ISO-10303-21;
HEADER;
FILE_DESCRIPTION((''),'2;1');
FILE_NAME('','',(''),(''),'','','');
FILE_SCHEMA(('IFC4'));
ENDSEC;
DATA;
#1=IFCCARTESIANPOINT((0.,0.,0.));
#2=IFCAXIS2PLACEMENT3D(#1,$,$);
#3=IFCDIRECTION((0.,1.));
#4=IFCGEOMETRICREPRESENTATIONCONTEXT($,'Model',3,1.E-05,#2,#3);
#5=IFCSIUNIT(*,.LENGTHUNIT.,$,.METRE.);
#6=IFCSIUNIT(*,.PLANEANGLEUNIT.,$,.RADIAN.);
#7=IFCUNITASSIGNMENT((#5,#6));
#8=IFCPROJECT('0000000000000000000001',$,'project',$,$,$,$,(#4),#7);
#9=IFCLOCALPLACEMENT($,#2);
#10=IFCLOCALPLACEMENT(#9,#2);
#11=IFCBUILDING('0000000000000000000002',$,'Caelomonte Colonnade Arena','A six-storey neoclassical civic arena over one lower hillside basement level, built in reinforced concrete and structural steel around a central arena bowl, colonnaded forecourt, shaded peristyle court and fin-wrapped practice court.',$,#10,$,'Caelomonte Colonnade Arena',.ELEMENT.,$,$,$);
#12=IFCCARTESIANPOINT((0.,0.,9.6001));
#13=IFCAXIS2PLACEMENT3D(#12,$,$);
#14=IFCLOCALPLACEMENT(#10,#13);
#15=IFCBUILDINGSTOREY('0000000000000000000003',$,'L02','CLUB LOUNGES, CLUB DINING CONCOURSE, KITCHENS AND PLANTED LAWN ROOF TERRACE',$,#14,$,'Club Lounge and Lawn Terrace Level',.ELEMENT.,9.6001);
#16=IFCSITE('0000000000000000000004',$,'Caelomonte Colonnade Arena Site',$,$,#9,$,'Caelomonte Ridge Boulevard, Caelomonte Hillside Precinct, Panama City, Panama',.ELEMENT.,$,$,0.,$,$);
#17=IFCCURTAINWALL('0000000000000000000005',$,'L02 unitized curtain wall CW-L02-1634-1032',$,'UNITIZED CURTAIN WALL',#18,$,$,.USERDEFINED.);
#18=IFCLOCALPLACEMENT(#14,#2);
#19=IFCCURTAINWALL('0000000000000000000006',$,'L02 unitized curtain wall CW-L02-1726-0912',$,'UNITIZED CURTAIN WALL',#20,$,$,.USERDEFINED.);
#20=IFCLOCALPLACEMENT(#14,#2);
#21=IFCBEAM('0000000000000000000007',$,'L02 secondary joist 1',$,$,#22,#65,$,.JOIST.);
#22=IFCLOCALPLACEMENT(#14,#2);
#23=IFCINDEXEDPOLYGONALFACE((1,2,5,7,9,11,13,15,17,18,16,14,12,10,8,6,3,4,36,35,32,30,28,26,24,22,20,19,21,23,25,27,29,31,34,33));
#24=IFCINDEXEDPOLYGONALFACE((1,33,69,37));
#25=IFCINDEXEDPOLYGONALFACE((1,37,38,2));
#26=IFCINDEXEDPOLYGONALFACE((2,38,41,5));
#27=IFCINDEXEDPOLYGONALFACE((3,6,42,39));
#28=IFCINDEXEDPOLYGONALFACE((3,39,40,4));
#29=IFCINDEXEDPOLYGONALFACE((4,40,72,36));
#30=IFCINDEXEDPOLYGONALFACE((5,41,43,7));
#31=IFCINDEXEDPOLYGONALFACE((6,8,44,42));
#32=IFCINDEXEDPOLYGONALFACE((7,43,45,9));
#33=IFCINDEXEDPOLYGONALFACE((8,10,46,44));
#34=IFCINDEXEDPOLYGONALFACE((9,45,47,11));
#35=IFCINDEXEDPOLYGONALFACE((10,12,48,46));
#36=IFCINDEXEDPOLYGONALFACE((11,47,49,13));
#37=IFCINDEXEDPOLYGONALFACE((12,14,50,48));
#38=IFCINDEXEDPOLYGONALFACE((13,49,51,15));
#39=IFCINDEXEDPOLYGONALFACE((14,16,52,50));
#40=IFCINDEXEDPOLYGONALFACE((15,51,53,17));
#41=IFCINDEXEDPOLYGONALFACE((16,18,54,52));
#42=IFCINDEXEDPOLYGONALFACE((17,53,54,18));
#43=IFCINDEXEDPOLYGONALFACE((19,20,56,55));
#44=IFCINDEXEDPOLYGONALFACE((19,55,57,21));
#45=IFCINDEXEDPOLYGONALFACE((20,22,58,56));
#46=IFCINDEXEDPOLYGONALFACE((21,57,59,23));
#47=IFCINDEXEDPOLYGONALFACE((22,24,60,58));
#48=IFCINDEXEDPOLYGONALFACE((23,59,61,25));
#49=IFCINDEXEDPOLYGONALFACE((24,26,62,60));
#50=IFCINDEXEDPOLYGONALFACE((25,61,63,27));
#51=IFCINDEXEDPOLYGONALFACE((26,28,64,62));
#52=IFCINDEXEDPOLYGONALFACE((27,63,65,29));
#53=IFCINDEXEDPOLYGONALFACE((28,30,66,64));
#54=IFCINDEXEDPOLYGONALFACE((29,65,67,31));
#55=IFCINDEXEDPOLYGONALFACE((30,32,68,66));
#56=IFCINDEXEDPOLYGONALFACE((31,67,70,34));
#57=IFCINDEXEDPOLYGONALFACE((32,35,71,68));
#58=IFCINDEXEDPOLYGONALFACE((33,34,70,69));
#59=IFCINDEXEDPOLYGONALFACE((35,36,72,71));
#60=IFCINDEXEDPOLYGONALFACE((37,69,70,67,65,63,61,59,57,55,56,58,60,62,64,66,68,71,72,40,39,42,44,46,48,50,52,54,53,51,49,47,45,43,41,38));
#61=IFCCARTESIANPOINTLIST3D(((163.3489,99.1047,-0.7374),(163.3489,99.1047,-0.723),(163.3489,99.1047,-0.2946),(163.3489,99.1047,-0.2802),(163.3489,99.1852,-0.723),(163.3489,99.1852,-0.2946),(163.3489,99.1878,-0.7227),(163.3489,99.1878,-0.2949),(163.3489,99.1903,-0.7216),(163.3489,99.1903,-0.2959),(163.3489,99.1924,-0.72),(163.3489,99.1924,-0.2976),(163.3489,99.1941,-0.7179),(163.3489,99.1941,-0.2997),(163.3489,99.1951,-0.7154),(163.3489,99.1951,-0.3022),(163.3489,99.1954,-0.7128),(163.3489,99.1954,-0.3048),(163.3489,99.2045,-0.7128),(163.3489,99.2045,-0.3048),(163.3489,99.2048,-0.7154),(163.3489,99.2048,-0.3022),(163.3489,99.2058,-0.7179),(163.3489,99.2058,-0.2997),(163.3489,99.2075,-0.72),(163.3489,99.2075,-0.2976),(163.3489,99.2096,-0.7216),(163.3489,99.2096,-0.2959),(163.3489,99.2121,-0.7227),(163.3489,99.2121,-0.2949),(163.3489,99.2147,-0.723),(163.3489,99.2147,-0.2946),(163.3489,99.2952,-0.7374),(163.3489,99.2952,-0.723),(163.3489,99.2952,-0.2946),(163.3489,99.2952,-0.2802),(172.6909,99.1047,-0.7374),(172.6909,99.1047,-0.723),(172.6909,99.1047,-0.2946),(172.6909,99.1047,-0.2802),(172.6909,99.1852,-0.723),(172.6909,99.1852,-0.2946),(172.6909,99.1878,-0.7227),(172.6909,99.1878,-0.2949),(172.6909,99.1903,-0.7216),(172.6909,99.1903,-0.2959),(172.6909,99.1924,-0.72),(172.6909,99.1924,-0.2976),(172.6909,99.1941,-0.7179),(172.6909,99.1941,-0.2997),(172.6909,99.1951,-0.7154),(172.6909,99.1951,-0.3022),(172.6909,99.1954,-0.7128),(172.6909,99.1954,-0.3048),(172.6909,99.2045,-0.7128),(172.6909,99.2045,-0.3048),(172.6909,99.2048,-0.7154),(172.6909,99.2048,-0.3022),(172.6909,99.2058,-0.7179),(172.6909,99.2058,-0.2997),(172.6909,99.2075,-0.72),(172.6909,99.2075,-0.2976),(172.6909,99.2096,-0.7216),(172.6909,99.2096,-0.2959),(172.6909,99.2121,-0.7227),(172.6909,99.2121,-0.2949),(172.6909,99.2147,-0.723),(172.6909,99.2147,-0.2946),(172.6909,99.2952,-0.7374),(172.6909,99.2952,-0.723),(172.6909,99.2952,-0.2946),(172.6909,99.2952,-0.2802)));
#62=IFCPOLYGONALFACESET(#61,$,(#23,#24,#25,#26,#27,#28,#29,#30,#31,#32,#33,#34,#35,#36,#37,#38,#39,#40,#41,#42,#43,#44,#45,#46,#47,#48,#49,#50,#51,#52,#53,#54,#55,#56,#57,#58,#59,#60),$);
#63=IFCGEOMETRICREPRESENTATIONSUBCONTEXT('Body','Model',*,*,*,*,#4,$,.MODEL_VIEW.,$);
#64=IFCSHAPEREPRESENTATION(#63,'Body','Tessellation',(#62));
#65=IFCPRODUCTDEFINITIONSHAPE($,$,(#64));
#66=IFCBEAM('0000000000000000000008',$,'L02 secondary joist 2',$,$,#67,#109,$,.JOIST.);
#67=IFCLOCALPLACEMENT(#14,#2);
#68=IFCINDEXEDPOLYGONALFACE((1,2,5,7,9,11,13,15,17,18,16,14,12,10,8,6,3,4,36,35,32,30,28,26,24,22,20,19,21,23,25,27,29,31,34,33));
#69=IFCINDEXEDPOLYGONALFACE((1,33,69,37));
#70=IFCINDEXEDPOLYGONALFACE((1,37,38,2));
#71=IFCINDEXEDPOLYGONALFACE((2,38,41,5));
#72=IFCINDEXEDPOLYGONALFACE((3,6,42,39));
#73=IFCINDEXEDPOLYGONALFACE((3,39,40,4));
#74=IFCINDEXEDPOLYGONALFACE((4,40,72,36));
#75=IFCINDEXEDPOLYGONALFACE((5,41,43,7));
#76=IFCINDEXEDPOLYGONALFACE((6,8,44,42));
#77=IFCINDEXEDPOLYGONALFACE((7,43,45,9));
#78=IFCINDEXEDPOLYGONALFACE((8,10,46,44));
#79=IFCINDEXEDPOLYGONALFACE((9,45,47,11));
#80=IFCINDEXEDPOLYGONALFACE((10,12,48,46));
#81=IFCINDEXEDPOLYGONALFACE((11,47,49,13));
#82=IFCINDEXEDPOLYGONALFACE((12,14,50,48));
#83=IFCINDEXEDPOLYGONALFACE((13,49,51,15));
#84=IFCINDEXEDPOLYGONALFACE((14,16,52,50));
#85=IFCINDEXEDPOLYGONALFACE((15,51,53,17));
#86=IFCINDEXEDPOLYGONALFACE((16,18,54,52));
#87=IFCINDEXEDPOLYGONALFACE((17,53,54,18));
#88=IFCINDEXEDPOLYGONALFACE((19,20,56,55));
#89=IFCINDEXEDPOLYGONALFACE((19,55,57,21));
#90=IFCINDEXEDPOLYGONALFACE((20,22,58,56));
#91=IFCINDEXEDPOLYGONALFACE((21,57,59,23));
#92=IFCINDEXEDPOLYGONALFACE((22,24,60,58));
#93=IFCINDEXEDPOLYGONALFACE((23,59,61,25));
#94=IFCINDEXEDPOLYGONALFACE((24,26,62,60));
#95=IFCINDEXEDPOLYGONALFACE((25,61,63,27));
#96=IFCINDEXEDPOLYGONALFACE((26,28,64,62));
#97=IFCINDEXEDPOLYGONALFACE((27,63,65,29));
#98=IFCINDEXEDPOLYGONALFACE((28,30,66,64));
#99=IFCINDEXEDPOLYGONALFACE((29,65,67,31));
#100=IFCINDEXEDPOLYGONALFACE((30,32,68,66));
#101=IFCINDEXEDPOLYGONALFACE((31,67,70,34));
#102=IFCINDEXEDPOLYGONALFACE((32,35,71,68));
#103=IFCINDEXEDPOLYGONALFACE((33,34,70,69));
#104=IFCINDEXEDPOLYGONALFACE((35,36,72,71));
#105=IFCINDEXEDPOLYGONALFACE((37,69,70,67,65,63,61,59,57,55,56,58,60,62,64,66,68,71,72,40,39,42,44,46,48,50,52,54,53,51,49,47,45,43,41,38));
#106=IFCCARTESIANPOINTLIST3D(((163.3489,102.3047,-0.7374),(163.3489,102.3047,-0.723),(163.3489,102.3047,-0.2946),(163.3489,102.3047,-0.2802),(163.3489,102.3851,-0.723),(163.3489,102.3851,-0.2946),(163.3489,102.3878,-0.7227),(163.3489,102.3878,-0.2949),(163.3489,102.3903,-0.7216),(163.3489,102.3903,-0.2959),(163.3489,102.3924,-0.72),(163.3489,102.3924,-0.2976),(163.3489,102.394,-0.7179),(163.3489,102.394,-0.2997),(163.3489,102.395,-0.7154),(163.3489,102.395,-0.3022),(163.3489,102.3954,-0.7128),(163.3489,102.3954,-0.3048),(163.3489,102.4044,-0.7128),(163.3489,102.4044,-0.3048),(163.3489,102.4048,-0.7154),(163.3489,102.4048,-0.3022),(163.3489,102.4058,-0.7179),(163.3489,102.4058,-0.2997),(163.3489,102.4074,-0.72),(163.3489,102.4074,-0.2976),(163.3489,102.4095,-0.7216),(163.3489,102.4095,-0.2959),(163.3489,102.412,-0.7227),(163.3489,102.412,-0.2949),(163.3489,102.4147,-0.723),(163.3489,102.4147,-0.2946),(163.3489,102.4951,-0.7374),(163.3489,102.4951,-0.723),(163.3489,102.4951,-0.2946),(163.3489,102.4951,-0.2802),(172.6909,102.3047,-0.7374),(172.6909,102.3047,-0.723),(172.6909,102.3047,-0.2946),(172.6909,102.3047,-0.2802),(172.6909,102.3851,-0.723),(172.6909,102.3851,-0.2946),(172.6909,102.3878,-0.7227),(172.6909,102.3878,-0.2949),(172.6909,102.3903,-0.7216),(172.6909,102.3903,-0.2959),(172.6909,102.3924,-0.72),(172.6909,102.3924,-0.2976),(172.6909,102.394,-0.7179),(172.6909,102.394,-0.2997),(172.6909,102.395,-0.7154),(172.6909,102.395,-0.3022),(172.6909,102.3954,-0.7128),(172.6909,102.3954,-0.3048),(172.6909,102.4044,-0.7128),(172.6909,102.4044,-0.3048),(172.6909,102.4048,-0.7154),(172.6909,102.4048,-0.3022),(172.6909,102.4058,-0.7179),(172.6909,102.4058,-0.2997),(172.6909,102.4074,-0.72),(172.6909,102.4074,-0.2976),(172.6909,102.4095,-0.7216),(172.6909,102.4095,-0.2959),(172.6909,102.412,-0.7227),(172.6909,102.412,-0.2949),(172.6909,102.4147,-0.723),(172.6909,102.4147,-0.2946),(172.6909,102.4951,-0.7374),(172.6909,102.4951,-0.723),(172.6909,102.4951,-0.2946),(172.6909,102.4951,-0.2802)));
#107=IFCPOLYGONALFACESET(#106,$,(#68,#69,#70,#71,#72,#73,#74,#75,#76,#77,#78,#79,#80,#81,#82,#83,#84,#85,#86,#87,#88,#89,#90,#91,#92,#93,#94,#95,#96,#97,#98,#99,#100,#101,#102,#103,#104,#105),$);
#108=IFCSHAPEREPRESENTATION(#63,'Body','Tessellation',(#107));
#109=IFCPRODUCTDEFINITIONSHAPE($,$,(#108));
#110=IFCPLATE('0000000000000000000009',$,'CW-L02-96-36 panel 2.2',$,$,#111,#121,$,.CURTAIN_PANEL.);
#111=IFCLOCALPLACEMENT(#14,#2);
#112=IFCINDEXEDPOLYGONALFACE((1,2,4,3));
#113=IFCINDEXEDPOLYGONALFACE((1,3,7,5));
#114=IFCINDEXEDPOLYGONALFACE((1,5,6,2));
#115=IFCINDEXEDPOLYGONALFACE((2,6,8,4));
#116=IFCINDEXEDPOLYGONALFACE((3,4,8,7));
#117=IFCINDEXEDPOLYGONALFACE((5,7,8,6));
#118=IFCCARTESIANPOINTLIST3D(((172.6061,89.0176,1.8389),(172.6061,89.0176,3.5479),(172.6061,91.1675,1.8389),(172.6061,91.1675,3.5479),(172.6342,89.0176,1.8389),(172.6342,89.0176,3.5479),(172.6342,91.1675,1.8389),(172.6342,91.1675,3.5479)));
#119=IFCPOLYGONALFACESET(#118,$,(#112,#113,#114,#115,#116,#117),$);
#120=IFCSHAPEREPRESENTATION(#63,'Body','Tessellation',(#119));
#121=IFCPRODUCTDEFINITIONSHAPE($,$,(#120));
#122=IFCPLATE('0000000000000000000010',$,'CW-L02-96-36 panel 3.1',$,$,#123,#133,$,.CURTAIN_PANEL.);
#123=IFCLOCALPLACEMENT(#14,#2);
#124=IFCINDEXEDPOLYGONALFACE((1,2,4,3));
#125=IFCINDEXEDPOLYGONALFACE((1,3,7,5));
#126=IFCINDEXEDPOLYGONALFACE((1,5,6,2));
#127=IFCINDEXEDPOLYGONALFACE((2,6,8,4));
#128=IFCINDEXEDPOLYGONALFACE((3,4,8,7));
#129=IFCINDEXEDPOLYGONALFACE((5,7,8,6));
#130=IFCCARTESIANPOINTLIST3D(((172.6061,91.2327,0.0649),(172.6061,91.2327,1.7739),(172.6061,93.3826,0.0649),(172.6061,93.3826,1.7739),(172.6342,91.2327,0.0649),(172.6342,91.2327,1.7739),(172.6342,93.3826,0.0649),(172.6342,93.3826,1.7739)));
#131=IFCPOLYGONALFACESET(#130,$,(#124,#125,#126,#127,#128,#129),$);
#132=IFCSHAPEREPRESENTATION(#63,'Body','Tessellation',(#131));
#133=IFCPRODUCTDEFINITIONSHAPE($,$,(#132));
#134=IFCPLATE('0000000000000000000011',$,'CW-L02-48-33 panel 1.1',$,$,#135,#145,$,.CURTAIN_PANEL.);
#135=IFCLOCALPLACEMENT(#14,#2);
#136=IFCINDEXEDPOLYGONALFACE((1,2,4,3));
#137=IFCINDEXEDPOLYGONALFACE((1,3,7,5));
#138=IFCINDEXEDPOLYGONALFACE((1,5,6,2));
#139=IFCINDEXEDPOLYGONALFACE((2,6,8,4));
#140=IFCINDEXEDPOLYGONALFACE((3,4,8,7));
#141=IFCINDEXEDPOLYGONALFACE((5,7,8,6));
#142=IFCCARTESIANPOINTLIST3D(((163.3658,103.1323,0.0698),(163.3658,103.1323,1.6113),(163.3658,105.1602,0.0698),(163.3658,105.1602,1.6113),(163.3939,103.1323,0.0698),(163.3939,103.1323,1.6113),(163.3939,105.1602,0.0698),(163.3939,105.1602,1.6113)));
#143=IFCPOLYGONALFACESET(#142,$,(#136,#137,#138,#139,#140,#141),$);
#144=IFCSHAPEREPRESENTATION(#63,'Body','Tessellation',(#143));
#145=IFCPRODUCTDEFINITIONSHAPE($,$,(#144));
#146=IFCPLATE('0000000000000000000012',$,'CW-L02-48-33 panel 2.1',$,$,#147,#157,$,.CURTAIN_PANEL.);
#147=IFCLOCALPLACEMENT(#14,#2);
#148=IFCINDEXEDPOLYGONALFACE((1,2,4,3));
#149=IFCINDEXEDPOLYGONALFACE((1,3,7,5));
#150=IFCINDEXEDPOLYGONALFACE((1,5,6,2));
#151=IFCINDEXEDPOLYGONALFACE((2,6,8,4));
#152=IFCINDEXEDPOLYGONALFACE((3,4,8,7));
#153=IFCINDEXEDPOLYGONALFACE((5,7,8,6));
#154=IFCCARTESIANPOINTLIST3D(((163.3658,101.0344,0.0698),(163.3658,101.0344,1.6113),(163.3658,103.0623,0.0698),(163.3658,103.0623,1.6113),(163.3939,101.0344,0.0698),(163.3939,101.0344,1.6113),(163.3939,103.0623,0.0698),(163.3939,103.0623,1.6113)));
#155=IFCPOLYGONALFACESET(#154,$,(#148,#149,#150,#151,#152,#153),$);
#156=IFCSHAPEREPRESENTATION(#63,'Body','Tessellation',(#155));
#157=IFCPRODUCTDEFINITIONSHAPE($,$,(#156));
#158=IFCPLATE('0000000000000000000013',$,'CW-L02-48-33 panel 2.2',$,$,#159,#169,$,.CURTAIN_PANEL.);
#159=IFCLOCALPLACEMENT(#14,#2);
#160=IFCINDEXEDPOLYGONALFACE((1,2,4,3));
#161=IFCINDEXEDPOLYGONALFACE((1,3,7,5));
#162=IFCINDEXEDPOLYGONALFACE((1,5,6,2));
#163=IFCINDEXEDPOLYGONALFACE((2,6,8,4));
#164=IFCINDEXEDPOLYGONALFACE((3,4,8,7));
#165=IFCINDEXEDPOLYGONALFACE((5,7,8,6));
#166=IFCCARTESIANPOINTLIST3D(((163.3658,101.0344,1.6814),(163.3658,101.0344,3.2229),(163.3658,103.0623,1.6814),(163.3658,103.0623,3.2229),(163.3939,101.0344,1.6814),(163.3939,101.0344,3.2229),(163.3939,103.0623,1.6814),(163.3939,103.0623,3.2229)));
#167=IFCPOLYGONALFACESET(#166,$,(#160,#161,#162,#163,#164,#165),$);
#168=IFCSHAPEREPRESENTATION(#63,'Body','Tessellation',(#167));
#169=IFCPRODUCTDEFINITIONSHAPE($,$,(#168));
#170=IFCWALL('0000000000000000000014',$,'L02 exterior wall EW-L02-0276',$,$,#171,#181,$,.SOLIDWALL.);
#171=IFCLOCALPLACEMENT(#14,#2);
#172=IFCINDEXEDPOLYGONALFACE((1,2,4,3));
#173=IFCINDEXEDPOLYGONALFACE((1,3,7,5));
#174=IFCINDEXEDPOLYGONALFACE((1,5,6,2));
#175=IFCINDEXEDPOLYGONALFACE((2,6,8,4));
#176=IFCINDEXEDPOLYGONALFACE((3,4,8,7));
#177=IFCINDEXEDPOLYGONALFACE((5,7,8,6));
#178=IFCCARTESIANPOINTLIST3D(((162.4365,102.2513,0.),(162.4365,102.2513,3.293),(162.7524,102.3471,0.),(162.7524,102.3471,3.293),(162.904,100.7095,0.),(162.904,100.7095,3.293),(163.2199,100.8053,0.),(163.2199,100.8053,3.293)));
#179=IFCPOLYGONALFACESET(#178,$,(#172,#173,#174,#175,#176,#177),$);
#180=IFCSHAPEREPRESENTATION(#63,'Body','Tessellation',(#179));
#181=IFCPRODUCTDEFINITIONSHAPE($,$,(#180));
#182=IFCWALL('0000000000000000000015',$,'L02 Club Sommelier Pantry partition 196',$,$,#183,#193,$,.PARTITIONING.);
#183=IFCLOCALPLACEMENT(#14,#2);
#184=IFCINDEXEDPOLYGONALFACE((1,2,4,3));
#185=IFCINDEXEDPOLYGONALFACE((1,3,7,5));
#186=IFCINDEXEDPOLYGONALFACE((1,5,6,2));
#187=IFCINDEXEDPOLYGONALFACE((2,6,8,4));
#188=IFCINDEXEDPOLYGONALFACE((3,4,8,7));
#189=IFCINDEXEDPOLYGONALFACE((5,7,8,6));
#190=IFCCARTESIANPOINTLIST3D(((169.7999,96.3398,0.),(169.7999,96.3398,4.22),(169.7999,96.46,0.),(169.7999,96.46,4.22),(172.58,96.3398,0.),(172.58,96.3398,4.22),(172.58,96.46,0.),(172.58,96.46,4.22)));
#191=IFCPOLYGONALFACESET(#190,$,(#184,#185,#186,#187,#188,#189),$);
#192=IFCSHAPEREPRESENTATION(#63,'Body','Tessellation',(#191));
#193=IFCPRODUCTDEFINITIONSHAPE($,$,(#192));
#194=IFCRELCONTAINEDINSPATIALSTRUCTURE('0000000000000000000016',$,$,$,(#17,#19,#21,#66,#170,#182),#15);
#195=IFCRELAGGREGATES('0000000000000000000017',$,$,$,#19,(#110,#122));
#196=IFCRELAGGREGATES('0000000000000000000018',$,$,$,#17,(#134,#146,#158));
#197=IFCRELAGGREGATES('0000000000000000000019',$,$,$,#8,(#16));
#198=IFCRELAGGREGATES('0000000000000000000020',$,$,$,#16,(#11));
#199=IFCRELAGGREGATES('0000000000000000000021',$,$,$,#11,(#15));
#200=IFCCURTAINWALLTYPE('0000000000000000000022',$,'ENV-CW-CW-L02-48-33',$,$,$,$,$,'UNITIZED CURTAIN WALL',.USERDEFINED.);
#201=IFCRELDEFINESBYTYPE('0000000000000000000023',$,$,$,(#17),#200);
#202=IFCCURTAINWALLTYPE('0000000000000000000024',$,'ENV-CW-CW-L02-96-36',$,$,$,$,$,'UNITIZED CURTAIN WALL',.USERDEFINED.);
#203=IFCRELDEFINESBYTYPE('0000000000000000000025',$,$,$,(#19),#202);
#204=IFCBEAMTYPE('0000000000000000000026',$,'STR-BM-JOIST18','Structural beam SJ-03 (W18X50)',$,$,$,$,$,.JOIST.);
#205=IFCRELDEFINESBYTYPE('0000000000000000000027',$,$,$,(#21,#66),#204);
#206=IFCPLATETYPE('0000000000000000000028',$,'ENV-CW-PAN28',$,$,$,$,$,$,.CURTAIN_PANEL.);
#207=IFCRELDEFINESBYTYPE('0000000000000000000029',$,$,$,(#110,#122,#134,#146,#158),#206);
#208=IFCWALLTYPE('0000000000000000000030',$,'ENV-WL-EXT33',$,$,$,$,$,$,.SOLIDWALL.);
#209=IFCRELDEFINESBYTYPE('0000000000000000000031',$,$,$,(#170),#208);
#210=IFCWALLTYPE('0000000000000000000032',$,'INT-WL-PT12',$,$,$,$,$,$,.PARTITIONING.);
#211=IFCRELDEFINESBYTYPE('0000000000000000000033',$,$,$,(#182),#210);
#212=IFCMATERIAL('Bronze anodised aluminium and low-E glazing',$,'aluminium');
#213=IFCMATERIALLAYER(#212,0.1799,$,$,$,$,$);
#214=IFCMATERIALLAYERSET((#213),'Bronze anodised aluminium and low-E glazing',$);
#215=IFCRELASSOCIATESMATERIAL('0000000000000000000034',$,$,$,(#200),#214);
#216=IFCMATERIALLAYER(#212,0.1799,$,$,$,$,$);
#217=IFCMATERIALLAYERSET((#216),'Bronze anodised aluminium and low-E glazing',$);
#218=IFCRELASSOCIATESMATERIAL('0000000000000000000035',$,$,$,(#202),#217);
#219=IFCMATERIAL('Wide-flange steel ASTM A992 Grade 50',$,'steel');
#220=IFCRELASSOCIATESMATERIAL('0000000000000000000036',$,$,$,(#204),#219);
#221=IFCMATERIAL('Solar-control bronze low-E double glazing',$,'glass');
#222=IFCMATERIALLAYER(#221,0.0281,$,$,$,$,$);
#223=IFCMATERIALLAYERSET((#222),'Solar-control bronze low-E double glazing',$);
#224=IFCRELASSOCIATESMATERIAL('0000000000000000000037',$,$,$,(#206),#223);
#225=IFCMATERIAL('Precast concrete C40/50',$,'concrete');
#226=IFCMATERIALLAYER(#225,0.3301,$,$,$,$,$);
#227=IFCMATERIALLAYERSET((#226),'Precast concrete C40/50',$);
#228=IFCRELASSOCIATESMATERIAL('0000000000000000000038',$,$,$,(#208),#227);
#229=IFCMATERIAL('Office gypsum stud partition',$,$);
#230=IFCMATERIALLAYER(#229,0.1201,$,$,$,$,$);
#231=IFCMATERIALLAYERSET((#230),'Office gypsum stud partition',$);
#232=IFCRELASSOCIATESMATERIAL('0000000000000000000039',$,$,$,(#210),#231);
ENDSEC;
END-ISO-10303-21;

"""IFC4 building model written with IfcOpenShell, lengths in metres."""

from ifc_helpers import new_model, si_unit, direction, frame, frame_2d, origin, origin_2d, place, context, subcontext, project, spatial, rectangle, i_section, extrude, material, layer, layer_set, material_profile, profile_set, type_object, element, aggregate, save


model = new_model("IFC4")

# Units and contexts
model_context = context("Model", 3, precision=1e-05, world=origin(), true_north=direction((0.0, 1.0)))
body_context = subcontext(model_context, "Body", "Model", "MODEL_VIEW")
ifc_project = project(units=[si_unit("LENGTHUNIT", "METRE"), si_unit("PLANEANGLEUNIT", "RADIAN")], contexts=[model_context])

# Site, building, storey
site_placement = place(None, origin())
site = spatial("IfcSite", under=ifc_project, at=site_placement, Name="Caelomonte Colonnade Arena Site", LongName="Caelomonte Ridge Boulevard, Caelomonte Hillside Precinct, Panama City, Panama", CompositionType="ELEMENT", RefElevation=0.0)
building_placement = place(site_placement, origin())
building = spatial("IfcBuilding", under=site, at=building_placement, Name="Caelomonte Colonnade Arena", Description="A six-storey neoclassical civic arena over one lower hillside basement level, built in reinforced concrete and structural steel around a central arena bowl, colonnaded forecourt, shaded peristyle court and fin-wrapped practice court.", LongName="Caelomonte Colonnade Arena", CompositionType="ELEMENT")
storey_placement = place(building_placement, frame((0.0, 0.0, 9.6001)))
storey = spatial("IfcBuildingStorey", under=building, at=storey_placement, Name="L02", Description="CLUB LOUNGES, CLUB DINING CONCOURSE, KITCHENS AND PLANTED LAWN ROOF TERRACE", LongName="Club Lounge and Lawn Terrace Level", CompositionType="ELEMENT", Elevation=9.6001)

# Shared definitions
ifc_material_1 = material(Name="Wide-flange steel ASTM A992 Grade 50", Category="steel")

# Curtain wall
ifc_material_2 = material(Name="Bronze anodised aluminium and low-E glazing", Category="aluminium")
ifc_layer_1 = layer(ifc_material_2, 0.1799)
ifc_layer_set_1 = layer_set([ifc_layer_1], Name="Bronze anodised aluminium and low-E glazing")
curtain_wall_type_1 = type_object("IfcCurtainWallType", Name="ENV-CW-CW-L02-48-33", ElementType="UNITIZED CURTAIN WALL", PredefinedType="USERDEFINED", material=ifc_layer_set_1)
curtain_wall_1_placement = place(storey_placement, origin())
curtain_wall_1 = element("IfcCurtainWall", 1, at=curtain_wall_1_placement, inside=storey, type_object=curtain_wall_type_1, Name="L02 unitized curtain wall CW-L02-1634-1032", ObjectType="UNITIZED CURTAIN WALL", PredefinedType="USERDEFINED")

# Curtain wall
ifc_layer_2 = layer(ifc_material_2, 0.1799)
ifc_layer_set_2 = layer_set([ifc_layer_2], Name="Bronze anodised aluminium and low-E glazing")
curtain_wall_type_2 = type_object("IfcCurtainWallType", Name="ENV-CW-CW-L02-96-36", ElementType="UNITIZED CURTAIN WALL", PredefinedType="USERDEFINED", material=ifc_layer_set_2)
curtain_wall_2_placement = place(storey_placement, origin())
curtain_wall_2 = element("IfcCurtainWall", 2, at=curtain_wall_2_placement, inside=storey, type_object=curtain_wall_type_2, Name="L02 unitized curtain wall CW-L02-1726-0912", ObjectType="UNITIZED CURTAIN WALL", PredefinedType="USERDEFINED")

# Beams
ifc_material_profile_1 = material_profile(ifc_material_1, i_section(OverallWidth=0.1904, OverallDepth=0.4573, WebThickness=0.009, FlangeThickness=0.0144, FilletRadius=0.0103, at=origin_2d()), Name="W18X50")
ifc_profile_set_1 = profile_set([ifc_material_profile_1], Name="Wide-flange steel ASTM A992 Grade 50")
beam_type_1 = type_object("IfcBeamType", Name="STR-BM-JOIST18", Description="Structural beam SJ-03 (W18X50)", PredefinedType="JOIST", material=ifc_profile_set_1)
for number, where, z_axis, x_axis, name in (
    (3, (163.3489, 99.2, -0.5088), (1.0, 0.0, 0.0), (0.0, 1.0, 0.0), "L02 secondary joist 1"),
    (4, (163.3489, 102.3999, -0.5088), (1.0, 0.0, 0.0), (0.0, 1.0, 0.0), "L02 secondary joist 2"),
):
    element("IfcBeam", number, at=place(storey_placement, frame(where, z_axis=z_axis, x_axis=x_axis)), inside=storey, type_object=beam_type_1, Name=name, PredefinedType="JOIST", context=body_context, shape_type="SweptSolid", body=[
        extrude(i_section(OverallWidth=0.1904, OverallDepth=0.4573, WebThickness=0.009, FlangeThickness=0.0144, FilletRadius=0.0103, at=origin_2d()), origin(), (0.0, 0.0, 1.0), 9.342),
    ])

# Plates
ifc_material_3 = material(Name="Solar-control bronze low-E double glazing", Category="glass")
ifc_layer_3 = layer(ifc_material_3, 0.0281)
ifc_layer_set_3 = layer_set([ifc_layer_3], Name="Solar-control bronze low-E double glazing")
plate_type = type_object("IfcPlateType", Name="ENV-CW-PAN28", PredefinedType="CURTAIN_PANEL", material=ifc_layer_set_3)
plate_1_placement = place(storey_placement, frame((172.6201, 90.0925, 1.8389), z_axis=(0.0, 0.0, 1.0), x_axis=(0.0, 1.0, 0.0)))
plate_1 = element("IfcPlate", 5, at=plate_1_placement, type_object=plate_type, Name="CW-L02-96-36 panel 2.2", PredefinedType="CURTAIN_PANEL", context=body_context, shape_type="SweptSolid", body=[
    extrude(rectangle(XDim=2.1499, YDim=0.0281, at=origin_2d()), origin(), (0.0, 0.0, 1.0), 1.709),
])
plate_2_placement = place(storey_placement, frame((172.6201, 92.3076, 0.0649), z_axis=(0.0, 0.0, 1.0), x_axis=(0.0, 1.0, 0.0)))
plate_2 = element("IfcPlate", 6, at=plate_2_placement, type_object=plate_type, Name="CW-L02-96-36 panel 3.1", PredefinedType="CURTAIN_PANEL", context=body_context, shape_type="SweptSolid", body=[
    extrude(rectangle(XDim=2.1499, YDim=0.0281, at=origin_2d()), origin(), (0.0, 0.0, 1.0), 1.709),
])
aggregate(curtain_wall_2, [plate_1, plate_2])
plate_3_placement = place(storey_placement, frame((163.3799, 104.1462, 0.0698), z_axis=(0.0, 0.0, 1.0), x_axis=(0.0, -1.0, 0.0)))
plate_3 = element("IfcPlate", 7, at=plate_3_placement, type_object=plate_type, Name="CW-L02-48-33 panel 1.1", PredefinedType="CURTAIN_PANEL", context=body_context, shape_type="SweptSolid", body=[
    extrude(rectangle(XDim=2.0278, YDim=0.0281, at=origin_2d()), origin(), (0.0, 0.0, 1.0), 1.5415),
])
plate_4_placement = place(storey_placement, frame((163.3799, 102.0483, 0.0698), z_axis=(0.0, 0.0, 1.0), x_axis=(0.0, -1.0, 0.0)))
plate_4 = element("IfcPlate", 8, at=plate_4_placement, type_object=plate_type, Name="CW-L02-48-33 panel 2.1", PredefinedType="CURTAIN_PANEL", context=body_context, shape_type="SweptSolid", body=[
    extrude(rectangle(XDim=2.0278, YDim=0.0281, at=origin_2d()), origin(), (0.0, 0.0, 1.0), 1.5415),
])
plate_5_placement = place(storey_placement, frame((163.3799, 102.0483, 1.6814), z_axis=(0.0, 0.0, 1.0), x_axis=(0.0, -1.0, 0.0)))
plate_5 = element("IfcPlate", 9, at=plate_5_placement, type_object=plate_type, Name="CW-L02-48-33 panel 2.2", PredefinedType="CURTAIN_PANEL", context=body_context, shape_type="SweptSolid", body=[
    extrude(rectangle(XDim=2.0278, YDim=0.0281, at=origin_2d()), origin(), (0.0, 0.0, 1.0), 1.5415),
])
aggregate(curtain_wall_1, [plate_3, plate_4, plate_5])

# Walls
ifc_material_4 = material(Name="Precast concrete C40/50", Category="concrete")
ifc_layer_4 = layer(ifc_material_4, 0.3301)
ifc_layer_set_4 = layer_set([ifc_layer_4], Name="Precast concrete C40/50")
wall_type_1 = type_object("IfcWallType", Name="ENV-WL-EXT33", PredefinedType="SOLIDWALL", material=ifc_layer_set_4)
wall_1_placement = place(storey_placement, frame((163.062, 100.7573, 0.0), z_axis=(0.0, 0.0, 1.0), x_axis=(-0.290197, 0.956967, 0.0)))
element("IfcWall", 10, at=wall_1_placement, inside=storey, type_object=wall_type_1, Name="L02 exterior wall EW-L02-0276", PredefinedType="SOLIDWALL", context=body_context, shape_type="SweptSolid", body=[
    extrude(rectangle(XDim=1.6111, YDim=0.3301, at=frame_2d((0.8057, 0.0))), origin(), (0.0, 0.0, 1.0), 3.293),
])
ifc_material_5 = material(Name="Office gypsum stud partition")
ifc_layer_5 = layer(ifc_material_5, 0.1201)
ifc_layer_set_5 = layer_set([ifc_layer_5], Name="Office gypsum stud partition")
wall_type_2 = type_object("IfcWallType", Name="INT-WL-PT12", PredefinedType="PARTITIONING", material=ifc_layer_set_5)
wall_2_placement = place(storey_placement, frame((172.5801, 96.3999, 0.0), z_axis=(0.0, 0.0, 1.0), x_axis=(-1.0, 0.0, 0.0)))
element("IfcWall", 11, at=wall_2_placement, inside=storey, type_object=wall_type_2, Name="L02 Club Sommelier Pantry partition 196", PredefinedType="PARTITIONING", context=body_context, shape_type="SweptSolid", body=[
    extrude(rectangle(XDim=2.78, YDim=0.1201, at=frame_2d((1.3901, 0.0))), origin(), (0.0, 0.0, 1.0), 4.22),
])

save(model, "model.ifc")
